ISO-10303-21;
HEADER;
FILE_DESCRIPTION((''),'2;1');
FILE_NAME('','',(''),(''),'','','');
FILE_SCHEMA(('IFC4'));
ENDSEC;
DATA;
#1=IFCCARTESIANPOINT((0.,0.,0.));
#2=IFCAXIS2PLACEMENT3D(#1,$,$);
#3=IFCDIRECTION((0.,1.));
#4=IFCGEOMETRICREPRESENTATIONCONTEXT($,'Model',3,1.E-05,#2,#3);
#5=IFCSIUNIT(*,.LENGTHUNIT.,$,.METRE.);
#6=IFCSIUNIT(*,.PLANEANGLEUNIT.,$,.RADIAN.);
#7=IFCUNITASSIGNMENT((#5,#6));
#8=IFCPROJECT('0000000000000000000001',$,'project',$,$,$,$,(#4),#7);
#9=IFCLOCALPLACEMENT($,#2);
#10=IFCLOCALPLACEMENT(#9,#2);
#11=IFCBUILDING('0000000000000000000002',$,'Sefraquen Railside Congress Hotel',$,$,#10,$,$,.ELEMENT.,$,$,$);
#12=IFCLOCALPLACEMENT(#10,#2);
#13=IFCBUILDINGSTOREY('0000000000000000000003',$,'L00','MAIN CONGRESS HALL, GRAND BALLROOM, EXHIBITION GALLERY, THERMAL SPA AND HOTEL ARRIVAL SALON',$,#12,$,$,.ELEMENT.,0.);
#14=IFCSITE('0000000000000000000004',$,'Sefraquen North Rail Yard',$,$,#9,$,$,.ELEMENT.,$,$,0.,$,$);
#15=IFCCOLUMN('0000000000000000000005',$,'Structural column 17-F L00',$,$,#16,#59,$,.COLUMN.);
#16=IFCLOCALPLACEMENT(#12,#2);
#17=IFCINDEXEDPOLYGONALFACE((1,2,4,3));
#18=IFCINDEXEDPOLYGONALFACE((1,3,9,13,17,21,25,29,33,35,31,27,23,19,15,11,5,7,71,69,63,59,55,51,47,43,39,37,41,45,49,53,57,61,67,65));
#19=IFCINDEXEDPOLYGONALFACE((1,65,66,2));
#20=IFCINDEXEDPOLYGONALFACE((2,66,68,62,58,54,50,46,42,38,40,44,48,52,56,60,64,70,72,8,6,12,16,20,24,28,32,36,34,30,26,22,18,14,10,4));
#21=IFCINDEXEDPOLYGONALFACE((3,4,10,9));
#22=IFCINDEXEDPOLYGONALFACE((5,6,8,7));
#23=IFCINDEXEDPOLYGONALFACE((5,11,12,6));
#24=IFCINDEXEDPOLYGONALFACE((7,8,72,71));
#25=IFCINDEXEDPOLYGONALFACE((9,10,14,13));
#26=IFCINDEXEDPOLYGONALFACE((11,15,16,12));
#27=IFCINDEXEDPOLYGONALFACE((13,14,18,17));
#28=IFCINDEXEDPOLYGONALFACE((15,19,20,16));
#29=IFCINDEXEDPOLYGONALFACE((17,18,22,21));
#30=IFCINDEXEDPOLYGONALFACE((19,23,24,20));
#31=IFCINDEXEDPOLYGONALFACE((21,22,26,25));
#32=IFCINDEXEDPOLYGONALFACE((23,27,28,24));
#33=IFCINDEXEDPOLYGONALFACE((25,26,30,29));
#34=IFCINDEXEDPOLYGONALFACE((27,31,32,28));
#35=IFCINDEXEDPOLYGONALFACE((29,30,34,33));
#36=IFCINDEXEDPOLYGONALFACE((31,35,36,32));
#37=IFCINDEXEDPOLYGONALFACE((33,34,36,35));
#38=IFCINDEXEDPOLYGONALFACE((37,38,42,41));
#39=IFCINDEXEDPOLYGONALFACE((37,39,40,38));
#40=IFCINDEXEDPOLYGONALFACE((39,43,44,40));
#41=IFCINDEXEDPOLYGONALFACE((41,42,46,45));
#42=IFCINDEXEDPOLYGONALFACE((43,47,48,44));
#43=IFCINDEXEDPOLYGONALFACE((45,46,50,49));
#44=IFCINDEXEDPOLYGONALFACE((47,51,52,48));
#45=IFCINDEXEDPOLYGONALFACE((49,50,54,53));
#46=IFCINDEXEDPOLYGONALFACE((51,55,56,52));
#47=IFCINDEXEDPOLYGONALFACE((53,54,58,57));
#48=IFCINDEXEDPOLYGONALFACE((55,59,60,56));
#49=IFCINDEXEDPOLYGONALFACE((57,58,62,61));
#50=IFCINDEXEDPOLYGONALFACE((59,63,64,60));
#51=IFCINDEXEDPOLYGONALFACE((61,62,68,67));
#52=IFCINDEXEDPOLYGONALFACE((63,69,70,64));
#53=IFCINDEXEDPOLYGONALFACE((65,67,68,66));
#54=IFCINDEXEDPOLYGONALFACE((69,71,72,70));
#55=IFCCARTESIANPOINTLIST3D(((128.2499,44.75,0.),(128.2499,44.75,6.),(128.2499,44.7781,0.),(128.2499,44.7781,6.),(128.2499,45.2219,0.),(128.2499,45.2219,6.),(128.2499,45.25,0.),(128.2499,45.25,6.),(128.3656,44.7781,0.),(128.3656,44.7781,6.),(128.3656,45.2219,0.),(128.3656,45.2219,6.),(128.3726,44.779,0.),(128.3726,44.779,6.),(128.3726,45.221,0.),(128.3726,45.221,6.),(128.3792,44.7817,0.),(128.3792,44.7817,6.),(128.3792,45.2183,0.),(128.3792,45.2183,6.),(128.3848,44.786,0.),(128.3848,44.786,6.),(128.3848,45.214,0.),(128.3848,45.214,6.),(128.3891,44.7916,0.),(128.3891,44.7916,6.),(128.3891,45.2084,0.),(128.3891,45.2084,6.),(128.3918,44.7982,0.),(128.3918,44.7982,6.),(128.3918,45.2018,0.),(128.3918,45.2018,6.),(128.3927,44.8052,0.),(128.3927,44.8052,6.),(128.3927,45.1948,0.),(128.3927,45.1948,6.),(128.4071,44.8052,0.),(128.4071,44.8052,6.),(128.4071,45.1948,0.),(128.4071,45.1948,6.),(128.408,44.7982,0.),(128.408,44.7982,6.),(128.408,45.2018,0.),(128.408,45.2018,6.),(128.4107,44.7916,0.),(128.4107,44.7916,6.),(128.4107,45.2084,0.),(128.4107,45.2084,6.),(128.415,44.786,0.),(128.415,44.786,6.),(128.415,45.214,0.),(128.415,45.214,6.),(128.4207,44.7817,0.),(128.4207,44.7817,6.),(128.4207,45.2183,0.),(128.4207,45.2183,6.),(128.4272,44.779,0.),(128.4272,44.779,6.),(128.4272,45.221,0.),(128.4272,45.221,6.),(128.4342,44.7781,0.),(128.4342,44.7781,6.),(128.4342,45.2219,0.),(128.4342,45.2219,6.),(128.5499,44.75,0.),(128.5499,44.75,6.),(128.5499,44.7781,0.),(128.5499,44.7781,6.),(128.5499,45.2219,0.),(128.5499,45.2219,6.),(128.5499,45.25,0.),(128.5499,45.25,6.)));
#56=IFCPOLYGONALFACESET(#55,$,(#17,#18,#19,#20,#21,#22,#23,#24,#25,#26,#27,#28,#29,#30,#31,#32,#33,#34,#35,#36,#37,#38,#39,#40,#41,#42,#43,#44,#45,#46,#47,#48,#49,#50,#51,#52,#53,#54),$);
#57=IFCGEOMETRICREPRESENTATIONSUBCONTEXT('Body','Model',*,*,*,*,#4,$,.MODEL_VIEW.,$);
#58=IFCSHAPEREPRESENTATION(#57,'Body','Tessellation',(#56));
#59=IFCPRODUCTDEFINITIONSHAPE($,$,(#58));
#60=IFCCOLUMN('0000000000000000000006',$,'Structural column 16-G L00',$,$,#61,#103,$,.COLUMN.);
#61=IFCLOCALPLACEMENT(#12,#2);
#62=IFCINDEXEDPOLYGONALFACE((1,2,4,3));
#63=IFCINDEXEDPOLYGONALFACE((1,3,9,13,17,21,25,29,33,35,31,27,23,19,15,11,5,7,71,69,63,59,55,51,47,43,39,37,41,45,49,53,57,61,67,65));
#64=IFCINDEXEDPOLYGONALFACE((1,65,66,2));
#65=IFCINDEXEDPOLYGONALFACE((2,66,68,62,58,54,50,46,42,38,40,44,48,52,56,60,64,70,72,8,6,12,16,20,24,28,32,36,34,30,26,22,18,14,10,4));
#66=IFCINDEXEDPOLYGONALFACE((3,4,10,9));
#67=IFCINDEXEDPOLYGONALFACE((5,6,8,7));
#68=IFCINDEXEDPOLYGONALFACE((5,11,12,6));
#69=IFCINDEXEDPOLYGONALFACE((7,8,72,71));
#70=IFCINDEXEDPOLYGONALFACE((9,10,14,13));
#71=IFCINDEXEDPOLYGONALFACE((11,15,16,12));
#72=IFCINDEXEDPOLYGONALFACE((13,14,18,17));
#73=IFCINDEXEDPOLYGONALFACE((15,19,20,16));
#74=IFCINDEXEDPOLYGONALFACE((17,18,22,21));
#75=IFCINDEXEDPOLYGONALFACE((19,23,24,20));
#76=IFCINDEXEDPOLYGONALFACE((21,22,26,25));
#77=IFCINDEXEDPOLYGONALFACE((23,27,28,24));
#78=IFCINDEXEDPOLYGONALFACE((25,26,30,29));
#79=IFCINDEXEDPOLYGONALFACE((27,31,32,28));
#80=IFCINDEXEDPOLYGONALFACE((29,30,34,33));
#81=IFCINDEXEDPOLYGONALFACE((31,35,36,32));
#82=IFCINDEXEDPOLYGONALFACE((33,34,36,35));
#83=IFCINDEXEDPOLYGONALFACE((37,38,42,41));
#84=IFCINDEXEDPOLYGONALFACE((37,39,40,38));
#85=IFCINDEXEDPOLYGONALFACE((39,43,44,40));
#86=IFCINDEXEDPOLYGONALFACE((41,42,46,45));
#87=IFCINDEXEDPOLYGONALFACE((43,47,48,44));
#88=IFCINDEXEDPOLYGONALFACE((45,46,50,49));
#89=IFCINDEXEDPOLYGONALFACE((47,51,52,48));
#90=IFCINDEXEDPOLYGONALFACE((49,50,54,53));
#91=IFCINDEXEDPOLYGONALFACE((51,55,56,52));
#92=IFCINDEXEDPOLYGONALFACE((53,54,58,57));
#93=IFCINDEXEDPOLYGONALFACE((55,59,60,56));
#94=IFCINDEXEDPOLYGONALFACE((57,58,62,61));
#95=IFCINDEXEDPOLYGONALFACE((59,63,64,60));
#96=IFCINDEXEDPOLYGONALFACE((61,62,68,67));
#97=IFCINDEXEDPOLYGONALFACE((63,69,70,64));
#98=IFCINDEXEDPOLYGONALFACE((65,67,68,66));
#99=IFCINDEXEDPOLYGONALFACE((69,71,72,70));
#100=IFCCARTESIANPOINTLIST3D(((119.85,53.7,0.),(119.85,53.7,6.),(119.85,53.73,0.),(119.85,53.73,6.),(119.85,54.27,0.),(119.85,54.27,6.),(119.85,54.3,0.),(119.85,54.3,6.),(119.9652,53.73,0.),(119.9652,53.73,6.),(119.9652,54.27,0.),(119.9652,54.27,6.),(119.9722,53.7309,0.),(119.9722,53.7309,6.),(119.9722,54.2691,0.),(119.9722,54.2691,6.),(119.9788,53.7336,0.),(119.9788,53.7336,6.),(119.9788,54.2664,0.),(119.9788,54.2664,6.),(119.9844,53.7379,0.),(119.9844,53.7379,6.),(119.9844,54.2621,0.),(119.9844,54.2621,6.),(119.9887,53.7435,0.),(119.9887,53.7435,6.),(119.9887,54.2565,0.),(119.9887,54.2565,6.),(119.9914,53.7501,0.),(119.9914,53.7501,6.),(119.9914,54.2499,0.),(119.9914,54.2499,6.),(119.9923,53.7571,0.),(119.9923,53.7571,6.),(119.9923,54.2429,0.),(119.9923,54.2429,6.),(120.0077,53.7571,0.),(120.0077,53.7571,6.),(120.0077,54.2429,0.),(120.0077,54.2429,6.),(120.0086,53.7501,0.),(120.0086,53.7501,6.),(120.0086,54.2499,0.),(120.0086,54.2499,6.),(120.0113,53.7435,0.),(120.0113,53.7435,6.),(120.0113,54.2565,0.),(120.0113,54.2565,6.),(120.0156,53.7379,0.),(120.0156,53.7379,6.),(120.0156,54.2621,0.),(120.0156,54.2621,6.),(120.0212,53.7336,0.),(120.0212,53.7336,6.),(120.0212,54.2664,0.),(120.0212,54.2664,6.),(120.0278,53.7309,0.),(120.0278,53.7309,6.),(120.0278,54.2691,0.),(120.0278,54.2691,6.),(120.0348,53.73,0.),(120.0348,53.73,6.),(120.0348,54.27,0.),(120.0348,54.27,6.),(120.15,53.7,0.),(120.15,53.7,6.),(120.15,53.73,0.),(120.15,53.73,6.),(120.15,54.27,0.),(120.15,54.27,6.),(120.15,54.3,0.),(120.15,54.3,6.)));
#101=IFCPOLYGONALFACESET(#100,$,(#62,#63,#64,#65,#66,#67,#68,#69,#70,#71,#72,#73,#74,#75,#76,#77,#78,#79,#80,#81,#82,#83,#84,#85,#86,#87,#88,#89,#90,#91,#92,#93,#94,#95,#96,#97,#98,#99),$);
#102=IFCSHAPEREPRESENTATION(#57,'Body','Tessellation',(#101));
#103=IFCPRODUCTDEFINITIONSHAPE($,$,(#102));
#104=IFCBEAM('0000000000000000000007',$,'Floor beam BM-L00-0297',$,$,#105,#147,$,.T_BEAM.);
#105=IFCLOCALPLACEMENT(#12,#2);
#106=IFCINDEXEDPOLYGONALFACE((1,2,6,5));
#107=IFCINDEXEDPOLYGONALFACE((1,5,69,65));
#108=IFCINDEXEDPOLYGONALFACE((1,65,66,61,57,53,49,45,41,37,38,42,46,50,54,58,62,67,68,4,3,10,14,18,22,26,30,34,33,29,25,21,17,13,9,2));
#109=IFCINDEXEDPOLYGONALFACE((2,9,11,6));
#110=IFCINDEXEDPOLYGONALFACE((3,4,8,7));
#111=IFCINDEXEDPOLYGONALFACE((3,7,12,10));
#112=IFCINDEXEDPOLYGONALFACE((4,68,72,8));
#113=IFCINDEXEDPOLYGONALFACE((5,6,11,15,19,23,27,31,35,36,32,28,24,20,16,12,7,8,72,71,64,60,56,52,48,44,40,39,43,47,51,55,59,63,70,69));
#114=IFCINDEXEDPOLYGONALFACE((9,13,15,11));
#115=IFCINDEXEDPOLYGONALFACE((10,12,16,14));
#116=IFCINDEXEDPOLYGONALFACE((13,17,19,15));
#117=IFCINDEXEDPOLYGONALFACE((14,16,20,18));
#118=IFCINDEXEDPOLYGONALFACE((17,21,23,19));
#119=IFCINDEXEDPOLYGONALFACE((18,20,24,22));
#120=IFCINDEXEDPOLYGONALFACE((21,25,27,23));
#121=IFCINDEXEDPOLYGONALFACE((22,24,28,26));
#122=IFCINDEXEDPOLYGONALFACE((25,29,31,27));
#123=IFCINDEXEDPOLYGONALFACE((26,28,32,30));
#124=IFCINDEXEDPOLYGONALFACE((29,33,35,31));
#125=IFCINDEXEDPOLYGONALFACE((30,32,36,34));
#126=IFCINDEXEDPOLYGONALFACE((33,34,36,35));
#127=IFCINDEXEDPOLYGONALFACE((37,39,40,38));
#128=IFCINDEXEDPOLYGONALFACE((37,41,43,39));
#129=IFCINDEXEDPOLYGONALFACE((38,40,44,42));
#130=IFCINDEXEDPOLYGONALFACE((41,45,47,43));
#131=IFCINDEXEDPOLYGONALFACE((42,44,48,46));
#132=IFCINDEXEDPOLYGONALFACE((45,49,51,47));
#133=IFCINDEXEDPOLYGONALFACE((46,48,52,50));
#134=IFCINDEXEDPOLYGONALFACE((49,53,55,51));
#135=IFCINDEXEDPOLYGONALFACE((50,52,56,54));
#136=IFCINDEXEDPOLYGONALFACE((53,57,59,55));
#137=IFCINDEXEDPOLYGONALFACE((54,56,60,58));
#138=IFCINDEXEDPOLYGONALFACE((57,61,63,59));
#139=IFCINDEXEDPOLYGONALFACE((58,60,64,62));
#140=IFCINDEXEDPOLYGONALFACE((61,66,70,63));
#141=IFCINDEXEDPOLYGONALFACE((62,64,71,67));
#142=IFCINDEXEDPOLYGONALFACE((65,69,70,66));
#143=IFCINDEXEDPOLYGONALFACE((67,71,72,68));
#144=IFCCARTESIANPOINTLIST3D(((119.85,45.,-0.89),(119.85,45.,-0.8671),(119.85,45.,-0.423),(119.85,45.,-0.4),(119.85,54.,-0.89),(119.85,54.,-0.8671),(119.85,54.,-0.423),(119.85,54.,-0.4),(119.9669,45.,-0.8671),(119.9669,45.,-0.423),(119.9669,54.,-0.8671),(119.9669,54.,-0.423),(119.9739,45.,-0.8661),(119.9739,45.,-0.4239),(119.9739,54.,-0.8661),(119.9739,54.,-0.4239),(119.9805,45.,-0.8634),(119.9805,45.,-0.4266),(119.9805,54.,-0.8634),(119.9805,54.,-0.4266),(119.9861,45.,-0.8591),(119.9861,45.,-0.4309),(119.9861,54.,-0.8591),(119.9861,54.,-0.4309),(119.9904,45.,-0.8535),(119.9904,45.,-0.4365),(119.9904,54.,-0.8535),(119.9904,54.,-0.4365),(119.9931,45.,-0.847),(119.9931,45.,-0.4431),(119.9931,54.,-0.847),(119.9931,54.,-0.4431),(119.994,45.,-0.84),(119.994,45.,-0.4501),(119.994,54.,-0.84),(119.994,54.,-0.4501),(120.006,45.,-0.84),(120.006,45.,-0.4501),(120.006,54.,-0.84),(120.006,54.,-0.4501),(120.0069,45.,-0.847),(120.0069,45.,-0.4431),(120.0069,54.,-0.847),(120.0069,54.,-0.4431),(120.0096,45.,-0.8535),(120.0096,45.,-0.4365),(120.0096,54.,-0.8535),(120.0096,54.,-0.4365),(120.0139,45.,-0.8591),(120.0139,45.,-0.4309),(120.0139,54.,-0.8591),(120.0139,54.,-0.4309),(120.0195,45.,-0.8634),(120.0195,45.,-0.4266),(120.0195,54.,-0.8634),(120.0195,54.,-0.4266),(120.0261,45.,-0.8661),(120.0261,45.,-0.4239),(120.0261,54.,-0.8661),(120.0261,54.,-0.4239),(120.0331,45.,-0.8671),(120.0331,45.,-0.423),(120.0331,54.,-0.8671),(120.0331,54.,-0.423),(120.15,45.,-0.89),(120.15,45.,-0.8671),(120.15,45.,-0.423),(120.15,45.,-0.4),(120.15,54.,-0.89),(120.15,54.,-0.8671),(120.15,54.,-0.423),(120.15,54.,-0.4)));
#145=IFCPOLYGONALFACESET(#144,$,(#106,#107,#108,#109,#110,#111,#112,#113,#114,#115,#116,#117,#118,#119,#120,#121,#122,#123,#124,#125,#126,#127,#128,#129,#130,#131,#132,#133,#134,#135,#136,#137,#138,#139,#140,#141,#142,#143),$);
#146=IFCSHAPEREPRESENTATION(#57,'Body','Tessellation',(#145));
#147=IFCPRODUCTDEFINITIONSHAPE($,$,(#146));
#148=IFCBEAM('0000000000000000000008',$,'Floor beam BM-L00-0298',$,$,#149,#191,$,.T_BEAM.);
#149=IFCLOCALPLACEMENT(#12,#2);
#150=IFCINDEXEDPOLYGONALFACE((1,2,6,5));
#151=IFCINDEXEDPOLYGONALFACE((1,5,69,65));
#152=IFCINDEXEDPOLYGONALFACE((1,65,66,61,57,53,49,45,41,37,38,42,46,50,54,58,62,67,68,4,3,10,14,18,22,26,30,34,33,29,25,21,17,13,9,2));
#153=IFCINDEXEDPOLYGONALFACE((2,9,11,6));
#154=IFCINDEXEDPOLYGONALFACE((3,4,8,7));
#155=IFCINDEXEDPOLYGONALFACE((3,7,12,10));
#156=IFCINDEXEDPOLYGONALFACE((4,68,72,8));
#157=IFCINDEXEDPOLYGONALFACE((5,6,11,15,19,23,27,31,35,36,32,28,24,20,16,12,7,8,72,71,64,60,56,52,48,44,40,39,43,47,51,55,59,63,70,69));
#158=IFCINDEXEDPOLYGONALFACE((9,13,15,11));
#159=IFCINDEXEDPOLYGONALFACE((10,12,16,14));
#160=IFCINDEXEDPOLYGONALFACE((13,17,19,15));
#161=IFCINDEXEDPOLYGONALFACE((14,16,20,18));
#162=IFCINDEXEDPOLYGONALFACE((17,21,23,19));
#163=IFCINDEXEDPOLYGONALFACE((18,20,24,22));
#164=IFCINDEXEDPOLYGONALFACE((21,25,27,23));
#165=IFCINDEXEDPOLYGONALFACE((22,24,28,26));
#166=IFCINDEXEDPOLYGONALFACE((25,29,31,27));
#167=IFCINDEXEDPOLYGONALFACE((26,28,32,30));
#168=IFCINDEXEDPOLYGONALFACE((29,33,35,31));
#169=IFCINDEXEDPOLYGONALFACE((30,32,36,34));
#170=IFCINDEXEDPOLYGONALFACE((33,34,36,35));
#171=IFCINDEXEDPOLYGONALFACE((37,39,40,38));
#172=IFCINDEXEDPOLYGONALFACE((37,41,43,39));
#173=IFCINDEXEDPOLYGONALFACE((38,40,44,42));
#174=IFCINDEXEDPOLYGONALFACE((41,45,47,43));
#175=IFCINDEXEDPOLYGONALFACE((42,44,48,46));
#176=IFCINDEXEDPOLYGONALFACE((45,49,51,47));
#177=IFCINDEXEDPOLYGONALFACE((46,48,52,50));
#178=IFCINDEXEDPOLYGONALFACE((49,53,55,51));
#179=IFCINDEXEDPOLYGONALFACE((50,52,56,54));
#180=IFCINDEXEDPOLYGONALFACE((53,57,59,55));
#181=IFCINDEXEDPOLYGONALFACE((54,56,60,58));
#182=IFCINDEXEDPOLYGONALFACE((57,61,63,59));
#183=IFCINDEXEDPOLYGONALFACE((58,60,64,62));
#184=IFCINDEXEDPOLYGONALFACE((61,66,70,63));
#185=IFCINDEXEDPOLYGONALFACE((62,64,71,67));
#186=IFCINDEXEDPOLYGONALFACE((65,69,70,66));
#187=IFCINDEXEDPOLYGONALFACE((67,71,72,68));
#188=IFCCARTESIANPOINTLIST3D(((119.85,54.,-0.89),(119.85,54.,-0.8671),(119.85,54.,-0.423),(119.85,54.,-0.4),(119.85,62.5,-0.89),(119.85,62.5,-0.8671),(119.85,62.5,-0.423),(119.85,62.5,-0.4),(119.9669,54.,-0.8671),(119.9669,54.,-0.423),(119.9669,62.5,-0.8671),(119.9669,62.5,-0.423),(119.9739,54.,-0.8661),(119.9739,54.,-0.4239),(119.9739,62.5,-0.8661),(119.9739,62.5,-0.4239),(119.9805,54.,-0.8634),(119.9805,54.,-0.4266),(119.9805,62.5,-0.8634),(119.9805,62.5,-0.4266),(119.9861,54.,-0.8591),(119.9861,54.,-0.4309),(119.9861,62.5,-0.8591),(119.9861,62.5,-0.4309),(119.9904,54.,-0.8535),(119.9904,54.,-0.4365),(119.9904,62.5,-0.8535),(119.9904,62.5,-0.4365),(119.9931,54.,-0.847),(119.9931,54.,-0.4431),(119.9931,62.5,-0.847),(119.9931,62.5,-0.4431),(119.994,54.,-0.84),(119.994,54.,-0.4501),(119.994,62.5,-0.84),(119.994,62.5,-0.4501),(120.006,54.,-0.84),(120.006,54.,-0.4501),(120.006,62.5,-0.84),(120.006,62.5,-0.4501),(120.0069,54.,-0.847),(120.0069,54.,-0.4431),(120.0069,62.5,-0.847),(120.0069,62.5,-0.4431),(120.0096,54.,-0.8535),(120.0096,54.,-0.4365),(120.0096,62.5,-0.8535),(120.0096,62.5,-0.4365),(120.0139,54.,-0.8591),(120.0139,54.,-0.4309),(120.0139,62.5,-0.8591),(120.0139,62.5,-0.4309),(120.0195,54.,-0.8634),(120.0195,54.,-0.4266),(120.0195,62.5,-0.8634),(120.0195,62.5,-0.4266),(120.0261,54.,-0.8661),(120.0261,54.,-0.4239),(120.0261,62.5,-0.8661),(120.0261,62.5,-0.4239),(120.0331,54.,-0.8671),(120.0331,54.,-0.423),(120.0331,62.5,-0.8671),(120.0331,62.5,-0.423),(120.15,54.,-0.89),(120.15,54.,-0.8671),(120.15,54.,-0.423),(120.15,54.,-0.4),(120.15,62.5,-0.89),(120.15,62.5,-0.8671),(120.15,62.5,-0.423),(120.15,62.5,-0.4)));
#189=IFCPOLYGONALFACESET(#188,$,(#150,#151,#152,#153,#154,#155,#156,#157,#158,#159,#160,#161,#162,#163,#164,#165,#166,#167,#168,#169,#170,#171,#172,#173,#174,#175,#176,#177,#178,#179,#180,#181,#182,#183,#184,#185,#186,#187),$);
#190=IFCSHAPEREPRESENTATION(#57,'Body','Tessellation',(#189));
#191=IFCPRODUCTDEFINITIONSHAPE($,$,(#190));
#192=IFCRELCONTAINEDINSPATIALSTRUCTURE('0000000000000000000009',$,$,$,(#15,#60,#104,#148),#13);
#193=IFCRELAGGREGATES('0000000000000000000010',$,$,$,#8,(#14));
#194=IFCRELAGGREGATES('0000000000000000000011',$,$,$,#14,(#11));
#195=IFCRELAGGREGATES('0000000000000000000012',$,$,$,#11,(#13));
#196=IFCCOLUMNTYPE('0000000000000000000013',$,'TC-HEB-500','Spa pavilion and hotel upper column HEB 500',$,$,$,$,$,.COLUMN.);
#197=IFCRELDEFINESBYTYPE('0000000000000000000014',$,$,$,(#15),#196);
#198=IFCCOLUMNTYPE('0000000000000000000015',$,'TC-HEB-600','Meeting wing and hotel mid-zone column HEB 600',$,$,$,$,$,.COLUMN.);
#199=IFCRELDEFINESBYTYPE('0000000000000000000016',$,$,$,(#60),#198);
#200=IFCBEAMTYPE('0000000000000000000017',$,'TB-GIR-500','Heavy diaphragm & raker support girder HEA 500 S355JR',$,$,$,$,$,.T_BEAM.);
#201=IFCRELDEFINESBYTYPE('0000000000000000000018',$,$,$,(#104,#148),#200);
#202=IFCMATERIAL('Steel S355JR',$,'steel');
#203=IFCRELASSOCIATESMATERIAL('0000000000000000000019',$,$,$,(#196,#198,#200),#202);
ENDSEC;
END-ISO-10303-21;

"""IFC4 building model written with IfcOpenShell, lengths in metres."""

from ifc_helpers import new_model, si_unit, direction, frame, origin, origin_2d, place, context, subcontext, project, spatial, i_section, extrude, material, material_profile, profile_set, type_object, element, save


model = new_model("IFC4")

# Units and contexts
model_context = context("Model", 3, precision=1e-05, world=origin(), true_north=direction((0.0, 1.0)))
body_context = subcontext(model_context, "Body", "Model", "MODEL_VIEW")
ifc_project = project(units=[si_unit("LENGTHUNIT", "METRE"), si_unit("PLANEANGLEUNIT", "RADIAN")], contexts=[model_context])

# Site, building, storey
site_placement = place(None, origin())
site = spatial("IfcSite", under=ifc_project, at=site_placement, Name="Sefraquen North Rail Yard", CompositionType="ELEMENT", RefElevation=0.0)
building_placement = place(site_placement, origin())
building = spatial("IfcBuilding", under=site, at=building_placement, Name="Sefraquen Railside Congress Hotel", CompositionType="ELEMENT")
storey_placement = place(building_placement, origin())
storey = spatial("IfcBuildingStorey", under=building, at=storey_placement, Name="L00", Description="MAIN CONGRESS HALL, GRAND BALLROOM, EXHIBITION GALLERY, THERMAL SPA AND HOTEL ARRIVAL SALON", CompositionType="ELEMENT", Elevation=0.0)

# Columns
ifc_material_1 = material(Name="Steel S355JR", Category="steel")
ifc_material_profile_1 = material_profile(ifc_material_1, i_section(OverallWidth=0.3, OverallDepth=0.5, WebThickness=0.0144, FlangeThickness=0.0281, FilletRadius=0.0271, at=origin_2d()), Name="HEB 500")
ifc_profile_set_1 = profile_set([ifc_material_profile_1], Name="Steel S355JR")
column_type_1 = type_object("IfcColumnType", Name="TC-HEB-500", Description="Spa pavilion and hotel upper column HEB 500", PredefinedType="COLUMN", material=ifc_profile_set_1)
column_1_placement = place(storey_placement, frame((128.3999, 45.0, 0.0), z_axis=(0.0, 0.0, 1.0), x_axis=(1.0, 0.0, 0.0)))
element("IfcColumn", 1, at=column_1_placement, inside=storey, type_object=column_type_1, Name="Structural column 17-F L00", PredefinedType="COLUMN", context=body_context, shape_type="SweptSolid", body=[
    extrude(i_section(OverallWidth=0.3, OverallDepth=0.5, WebThickness=0.0144, FlangeThickness=0.0281, FilletRadius=0.0271, at=origin_2d()), origin(), (0.0, 0.0, 1.0), 6.0),
])
ifc_material_profile_2 = material_profile(ifc_material_1, i_section(OverallWidth=0.3, OverallDepth=0.6001, WebThickness=0.0154, FlangeThickness=0.03, FilletRadius=0.0271, at=origin_2d()), Name="HEB 600")
ifc_profile_set_2 = profile_set([ifc_material_profile_2], Name="Steel S355JR")
column_type_2 = type_object("IfcColumnType", Name="TC-HEB-600", Description="Meeting wing and hotel mid-zone column HEB 600", PredefinedType="COLUMN", material=ifc_profile_set_2)
column_2_placement = place(storey_placement, frame((120.0, 54.0, 0.0), z_axis=(0.0, 0.0, 1.0), x_axis=(1.0, 0.0, 0.0)))
element("IfcColumn", 2, at=column_2_placement, inside=storey, type_object=column_type_2, Name="Structural column 16-G L00", PredefinedType="COLUMN", context=body_context, shape_type="SweptSolid", body=[
    extrude(i_section(OverallWidth=0.3, OverallDepth=0.6001, WebThickness=0.0154, FlangeThickness=0.03, FilletRadius=0.0271, at=origin_2d()), origin(), (0.0, 0.0, 1.0), 6.0),
])

# Beams
ifc_material_profile_3 = material_profile(ifc_material_1, i_section(OverallWidth=0.3, OverallDepth=0.49, WebThickness=0.012, FlangeThickness=0.0229, FilletRadius=0.0271, at=origin_2d()), Name="HEA 500")
ifc_profile_set_3 = profile_set([ifc_material_profile_3], Name="Steel S355JR")
beam_type_1 = type_object("IfcBeamType", Name="TB-GIR-500", Description="Heavy diaphragm & raker support girder HEA 500 S355JR", PredefinedType="T_BEAM", material=ifc_profile_set_3)
beam_1_placement = place(storey_placement, frame((120.0, 45.0, -0.645), z_axis=(0.0, 1.0, 0.0), x_axis=(-1.0, 0.0, 0.0)))
element("IfcBeam", 3, at=beam_1_placement, inside=storey, type_object=beam_type_1, Name="Floor beam BM-L00-0297", PredefinedType="T_BEAM", context=body_context, shape_type="SweptSolid", body=[
    extrude(i_section(OverallWidth=0.3, OverallDepth=0.49, WebThickness=0.012, FlangeThickness=0.0229, FilletRadius=0.0271, at=origin_2d()), origin(), (0.0, 0.0, 1.0), 9.0),
])
beam_2_placement = place(storey_placement, frame((120.0, 54.0, -0.645), z_axis=(0.0, 1.0, 0.0), x_axis=(-1.0, 0.0, 0.0)))
element("IfcBeam", 4, at=beam_2_placement, inside=storey, type_object=beam_type_1, Name="Floor beam BM-L00-0298", PredefinedType="T_BEAM", context=body_context, shape_type="SweptSolid", body=[
    extrude(i_section(OverallWidth=0.3, OverallDepth=0.49, WebThickness=0.012, FlangeThickness=0.0229, FilletRadius=0.0271, at=origin_2d()), origin(), (0.0, 0.0, 1.0), 8.5),
])

save(model, "model.ifc")
